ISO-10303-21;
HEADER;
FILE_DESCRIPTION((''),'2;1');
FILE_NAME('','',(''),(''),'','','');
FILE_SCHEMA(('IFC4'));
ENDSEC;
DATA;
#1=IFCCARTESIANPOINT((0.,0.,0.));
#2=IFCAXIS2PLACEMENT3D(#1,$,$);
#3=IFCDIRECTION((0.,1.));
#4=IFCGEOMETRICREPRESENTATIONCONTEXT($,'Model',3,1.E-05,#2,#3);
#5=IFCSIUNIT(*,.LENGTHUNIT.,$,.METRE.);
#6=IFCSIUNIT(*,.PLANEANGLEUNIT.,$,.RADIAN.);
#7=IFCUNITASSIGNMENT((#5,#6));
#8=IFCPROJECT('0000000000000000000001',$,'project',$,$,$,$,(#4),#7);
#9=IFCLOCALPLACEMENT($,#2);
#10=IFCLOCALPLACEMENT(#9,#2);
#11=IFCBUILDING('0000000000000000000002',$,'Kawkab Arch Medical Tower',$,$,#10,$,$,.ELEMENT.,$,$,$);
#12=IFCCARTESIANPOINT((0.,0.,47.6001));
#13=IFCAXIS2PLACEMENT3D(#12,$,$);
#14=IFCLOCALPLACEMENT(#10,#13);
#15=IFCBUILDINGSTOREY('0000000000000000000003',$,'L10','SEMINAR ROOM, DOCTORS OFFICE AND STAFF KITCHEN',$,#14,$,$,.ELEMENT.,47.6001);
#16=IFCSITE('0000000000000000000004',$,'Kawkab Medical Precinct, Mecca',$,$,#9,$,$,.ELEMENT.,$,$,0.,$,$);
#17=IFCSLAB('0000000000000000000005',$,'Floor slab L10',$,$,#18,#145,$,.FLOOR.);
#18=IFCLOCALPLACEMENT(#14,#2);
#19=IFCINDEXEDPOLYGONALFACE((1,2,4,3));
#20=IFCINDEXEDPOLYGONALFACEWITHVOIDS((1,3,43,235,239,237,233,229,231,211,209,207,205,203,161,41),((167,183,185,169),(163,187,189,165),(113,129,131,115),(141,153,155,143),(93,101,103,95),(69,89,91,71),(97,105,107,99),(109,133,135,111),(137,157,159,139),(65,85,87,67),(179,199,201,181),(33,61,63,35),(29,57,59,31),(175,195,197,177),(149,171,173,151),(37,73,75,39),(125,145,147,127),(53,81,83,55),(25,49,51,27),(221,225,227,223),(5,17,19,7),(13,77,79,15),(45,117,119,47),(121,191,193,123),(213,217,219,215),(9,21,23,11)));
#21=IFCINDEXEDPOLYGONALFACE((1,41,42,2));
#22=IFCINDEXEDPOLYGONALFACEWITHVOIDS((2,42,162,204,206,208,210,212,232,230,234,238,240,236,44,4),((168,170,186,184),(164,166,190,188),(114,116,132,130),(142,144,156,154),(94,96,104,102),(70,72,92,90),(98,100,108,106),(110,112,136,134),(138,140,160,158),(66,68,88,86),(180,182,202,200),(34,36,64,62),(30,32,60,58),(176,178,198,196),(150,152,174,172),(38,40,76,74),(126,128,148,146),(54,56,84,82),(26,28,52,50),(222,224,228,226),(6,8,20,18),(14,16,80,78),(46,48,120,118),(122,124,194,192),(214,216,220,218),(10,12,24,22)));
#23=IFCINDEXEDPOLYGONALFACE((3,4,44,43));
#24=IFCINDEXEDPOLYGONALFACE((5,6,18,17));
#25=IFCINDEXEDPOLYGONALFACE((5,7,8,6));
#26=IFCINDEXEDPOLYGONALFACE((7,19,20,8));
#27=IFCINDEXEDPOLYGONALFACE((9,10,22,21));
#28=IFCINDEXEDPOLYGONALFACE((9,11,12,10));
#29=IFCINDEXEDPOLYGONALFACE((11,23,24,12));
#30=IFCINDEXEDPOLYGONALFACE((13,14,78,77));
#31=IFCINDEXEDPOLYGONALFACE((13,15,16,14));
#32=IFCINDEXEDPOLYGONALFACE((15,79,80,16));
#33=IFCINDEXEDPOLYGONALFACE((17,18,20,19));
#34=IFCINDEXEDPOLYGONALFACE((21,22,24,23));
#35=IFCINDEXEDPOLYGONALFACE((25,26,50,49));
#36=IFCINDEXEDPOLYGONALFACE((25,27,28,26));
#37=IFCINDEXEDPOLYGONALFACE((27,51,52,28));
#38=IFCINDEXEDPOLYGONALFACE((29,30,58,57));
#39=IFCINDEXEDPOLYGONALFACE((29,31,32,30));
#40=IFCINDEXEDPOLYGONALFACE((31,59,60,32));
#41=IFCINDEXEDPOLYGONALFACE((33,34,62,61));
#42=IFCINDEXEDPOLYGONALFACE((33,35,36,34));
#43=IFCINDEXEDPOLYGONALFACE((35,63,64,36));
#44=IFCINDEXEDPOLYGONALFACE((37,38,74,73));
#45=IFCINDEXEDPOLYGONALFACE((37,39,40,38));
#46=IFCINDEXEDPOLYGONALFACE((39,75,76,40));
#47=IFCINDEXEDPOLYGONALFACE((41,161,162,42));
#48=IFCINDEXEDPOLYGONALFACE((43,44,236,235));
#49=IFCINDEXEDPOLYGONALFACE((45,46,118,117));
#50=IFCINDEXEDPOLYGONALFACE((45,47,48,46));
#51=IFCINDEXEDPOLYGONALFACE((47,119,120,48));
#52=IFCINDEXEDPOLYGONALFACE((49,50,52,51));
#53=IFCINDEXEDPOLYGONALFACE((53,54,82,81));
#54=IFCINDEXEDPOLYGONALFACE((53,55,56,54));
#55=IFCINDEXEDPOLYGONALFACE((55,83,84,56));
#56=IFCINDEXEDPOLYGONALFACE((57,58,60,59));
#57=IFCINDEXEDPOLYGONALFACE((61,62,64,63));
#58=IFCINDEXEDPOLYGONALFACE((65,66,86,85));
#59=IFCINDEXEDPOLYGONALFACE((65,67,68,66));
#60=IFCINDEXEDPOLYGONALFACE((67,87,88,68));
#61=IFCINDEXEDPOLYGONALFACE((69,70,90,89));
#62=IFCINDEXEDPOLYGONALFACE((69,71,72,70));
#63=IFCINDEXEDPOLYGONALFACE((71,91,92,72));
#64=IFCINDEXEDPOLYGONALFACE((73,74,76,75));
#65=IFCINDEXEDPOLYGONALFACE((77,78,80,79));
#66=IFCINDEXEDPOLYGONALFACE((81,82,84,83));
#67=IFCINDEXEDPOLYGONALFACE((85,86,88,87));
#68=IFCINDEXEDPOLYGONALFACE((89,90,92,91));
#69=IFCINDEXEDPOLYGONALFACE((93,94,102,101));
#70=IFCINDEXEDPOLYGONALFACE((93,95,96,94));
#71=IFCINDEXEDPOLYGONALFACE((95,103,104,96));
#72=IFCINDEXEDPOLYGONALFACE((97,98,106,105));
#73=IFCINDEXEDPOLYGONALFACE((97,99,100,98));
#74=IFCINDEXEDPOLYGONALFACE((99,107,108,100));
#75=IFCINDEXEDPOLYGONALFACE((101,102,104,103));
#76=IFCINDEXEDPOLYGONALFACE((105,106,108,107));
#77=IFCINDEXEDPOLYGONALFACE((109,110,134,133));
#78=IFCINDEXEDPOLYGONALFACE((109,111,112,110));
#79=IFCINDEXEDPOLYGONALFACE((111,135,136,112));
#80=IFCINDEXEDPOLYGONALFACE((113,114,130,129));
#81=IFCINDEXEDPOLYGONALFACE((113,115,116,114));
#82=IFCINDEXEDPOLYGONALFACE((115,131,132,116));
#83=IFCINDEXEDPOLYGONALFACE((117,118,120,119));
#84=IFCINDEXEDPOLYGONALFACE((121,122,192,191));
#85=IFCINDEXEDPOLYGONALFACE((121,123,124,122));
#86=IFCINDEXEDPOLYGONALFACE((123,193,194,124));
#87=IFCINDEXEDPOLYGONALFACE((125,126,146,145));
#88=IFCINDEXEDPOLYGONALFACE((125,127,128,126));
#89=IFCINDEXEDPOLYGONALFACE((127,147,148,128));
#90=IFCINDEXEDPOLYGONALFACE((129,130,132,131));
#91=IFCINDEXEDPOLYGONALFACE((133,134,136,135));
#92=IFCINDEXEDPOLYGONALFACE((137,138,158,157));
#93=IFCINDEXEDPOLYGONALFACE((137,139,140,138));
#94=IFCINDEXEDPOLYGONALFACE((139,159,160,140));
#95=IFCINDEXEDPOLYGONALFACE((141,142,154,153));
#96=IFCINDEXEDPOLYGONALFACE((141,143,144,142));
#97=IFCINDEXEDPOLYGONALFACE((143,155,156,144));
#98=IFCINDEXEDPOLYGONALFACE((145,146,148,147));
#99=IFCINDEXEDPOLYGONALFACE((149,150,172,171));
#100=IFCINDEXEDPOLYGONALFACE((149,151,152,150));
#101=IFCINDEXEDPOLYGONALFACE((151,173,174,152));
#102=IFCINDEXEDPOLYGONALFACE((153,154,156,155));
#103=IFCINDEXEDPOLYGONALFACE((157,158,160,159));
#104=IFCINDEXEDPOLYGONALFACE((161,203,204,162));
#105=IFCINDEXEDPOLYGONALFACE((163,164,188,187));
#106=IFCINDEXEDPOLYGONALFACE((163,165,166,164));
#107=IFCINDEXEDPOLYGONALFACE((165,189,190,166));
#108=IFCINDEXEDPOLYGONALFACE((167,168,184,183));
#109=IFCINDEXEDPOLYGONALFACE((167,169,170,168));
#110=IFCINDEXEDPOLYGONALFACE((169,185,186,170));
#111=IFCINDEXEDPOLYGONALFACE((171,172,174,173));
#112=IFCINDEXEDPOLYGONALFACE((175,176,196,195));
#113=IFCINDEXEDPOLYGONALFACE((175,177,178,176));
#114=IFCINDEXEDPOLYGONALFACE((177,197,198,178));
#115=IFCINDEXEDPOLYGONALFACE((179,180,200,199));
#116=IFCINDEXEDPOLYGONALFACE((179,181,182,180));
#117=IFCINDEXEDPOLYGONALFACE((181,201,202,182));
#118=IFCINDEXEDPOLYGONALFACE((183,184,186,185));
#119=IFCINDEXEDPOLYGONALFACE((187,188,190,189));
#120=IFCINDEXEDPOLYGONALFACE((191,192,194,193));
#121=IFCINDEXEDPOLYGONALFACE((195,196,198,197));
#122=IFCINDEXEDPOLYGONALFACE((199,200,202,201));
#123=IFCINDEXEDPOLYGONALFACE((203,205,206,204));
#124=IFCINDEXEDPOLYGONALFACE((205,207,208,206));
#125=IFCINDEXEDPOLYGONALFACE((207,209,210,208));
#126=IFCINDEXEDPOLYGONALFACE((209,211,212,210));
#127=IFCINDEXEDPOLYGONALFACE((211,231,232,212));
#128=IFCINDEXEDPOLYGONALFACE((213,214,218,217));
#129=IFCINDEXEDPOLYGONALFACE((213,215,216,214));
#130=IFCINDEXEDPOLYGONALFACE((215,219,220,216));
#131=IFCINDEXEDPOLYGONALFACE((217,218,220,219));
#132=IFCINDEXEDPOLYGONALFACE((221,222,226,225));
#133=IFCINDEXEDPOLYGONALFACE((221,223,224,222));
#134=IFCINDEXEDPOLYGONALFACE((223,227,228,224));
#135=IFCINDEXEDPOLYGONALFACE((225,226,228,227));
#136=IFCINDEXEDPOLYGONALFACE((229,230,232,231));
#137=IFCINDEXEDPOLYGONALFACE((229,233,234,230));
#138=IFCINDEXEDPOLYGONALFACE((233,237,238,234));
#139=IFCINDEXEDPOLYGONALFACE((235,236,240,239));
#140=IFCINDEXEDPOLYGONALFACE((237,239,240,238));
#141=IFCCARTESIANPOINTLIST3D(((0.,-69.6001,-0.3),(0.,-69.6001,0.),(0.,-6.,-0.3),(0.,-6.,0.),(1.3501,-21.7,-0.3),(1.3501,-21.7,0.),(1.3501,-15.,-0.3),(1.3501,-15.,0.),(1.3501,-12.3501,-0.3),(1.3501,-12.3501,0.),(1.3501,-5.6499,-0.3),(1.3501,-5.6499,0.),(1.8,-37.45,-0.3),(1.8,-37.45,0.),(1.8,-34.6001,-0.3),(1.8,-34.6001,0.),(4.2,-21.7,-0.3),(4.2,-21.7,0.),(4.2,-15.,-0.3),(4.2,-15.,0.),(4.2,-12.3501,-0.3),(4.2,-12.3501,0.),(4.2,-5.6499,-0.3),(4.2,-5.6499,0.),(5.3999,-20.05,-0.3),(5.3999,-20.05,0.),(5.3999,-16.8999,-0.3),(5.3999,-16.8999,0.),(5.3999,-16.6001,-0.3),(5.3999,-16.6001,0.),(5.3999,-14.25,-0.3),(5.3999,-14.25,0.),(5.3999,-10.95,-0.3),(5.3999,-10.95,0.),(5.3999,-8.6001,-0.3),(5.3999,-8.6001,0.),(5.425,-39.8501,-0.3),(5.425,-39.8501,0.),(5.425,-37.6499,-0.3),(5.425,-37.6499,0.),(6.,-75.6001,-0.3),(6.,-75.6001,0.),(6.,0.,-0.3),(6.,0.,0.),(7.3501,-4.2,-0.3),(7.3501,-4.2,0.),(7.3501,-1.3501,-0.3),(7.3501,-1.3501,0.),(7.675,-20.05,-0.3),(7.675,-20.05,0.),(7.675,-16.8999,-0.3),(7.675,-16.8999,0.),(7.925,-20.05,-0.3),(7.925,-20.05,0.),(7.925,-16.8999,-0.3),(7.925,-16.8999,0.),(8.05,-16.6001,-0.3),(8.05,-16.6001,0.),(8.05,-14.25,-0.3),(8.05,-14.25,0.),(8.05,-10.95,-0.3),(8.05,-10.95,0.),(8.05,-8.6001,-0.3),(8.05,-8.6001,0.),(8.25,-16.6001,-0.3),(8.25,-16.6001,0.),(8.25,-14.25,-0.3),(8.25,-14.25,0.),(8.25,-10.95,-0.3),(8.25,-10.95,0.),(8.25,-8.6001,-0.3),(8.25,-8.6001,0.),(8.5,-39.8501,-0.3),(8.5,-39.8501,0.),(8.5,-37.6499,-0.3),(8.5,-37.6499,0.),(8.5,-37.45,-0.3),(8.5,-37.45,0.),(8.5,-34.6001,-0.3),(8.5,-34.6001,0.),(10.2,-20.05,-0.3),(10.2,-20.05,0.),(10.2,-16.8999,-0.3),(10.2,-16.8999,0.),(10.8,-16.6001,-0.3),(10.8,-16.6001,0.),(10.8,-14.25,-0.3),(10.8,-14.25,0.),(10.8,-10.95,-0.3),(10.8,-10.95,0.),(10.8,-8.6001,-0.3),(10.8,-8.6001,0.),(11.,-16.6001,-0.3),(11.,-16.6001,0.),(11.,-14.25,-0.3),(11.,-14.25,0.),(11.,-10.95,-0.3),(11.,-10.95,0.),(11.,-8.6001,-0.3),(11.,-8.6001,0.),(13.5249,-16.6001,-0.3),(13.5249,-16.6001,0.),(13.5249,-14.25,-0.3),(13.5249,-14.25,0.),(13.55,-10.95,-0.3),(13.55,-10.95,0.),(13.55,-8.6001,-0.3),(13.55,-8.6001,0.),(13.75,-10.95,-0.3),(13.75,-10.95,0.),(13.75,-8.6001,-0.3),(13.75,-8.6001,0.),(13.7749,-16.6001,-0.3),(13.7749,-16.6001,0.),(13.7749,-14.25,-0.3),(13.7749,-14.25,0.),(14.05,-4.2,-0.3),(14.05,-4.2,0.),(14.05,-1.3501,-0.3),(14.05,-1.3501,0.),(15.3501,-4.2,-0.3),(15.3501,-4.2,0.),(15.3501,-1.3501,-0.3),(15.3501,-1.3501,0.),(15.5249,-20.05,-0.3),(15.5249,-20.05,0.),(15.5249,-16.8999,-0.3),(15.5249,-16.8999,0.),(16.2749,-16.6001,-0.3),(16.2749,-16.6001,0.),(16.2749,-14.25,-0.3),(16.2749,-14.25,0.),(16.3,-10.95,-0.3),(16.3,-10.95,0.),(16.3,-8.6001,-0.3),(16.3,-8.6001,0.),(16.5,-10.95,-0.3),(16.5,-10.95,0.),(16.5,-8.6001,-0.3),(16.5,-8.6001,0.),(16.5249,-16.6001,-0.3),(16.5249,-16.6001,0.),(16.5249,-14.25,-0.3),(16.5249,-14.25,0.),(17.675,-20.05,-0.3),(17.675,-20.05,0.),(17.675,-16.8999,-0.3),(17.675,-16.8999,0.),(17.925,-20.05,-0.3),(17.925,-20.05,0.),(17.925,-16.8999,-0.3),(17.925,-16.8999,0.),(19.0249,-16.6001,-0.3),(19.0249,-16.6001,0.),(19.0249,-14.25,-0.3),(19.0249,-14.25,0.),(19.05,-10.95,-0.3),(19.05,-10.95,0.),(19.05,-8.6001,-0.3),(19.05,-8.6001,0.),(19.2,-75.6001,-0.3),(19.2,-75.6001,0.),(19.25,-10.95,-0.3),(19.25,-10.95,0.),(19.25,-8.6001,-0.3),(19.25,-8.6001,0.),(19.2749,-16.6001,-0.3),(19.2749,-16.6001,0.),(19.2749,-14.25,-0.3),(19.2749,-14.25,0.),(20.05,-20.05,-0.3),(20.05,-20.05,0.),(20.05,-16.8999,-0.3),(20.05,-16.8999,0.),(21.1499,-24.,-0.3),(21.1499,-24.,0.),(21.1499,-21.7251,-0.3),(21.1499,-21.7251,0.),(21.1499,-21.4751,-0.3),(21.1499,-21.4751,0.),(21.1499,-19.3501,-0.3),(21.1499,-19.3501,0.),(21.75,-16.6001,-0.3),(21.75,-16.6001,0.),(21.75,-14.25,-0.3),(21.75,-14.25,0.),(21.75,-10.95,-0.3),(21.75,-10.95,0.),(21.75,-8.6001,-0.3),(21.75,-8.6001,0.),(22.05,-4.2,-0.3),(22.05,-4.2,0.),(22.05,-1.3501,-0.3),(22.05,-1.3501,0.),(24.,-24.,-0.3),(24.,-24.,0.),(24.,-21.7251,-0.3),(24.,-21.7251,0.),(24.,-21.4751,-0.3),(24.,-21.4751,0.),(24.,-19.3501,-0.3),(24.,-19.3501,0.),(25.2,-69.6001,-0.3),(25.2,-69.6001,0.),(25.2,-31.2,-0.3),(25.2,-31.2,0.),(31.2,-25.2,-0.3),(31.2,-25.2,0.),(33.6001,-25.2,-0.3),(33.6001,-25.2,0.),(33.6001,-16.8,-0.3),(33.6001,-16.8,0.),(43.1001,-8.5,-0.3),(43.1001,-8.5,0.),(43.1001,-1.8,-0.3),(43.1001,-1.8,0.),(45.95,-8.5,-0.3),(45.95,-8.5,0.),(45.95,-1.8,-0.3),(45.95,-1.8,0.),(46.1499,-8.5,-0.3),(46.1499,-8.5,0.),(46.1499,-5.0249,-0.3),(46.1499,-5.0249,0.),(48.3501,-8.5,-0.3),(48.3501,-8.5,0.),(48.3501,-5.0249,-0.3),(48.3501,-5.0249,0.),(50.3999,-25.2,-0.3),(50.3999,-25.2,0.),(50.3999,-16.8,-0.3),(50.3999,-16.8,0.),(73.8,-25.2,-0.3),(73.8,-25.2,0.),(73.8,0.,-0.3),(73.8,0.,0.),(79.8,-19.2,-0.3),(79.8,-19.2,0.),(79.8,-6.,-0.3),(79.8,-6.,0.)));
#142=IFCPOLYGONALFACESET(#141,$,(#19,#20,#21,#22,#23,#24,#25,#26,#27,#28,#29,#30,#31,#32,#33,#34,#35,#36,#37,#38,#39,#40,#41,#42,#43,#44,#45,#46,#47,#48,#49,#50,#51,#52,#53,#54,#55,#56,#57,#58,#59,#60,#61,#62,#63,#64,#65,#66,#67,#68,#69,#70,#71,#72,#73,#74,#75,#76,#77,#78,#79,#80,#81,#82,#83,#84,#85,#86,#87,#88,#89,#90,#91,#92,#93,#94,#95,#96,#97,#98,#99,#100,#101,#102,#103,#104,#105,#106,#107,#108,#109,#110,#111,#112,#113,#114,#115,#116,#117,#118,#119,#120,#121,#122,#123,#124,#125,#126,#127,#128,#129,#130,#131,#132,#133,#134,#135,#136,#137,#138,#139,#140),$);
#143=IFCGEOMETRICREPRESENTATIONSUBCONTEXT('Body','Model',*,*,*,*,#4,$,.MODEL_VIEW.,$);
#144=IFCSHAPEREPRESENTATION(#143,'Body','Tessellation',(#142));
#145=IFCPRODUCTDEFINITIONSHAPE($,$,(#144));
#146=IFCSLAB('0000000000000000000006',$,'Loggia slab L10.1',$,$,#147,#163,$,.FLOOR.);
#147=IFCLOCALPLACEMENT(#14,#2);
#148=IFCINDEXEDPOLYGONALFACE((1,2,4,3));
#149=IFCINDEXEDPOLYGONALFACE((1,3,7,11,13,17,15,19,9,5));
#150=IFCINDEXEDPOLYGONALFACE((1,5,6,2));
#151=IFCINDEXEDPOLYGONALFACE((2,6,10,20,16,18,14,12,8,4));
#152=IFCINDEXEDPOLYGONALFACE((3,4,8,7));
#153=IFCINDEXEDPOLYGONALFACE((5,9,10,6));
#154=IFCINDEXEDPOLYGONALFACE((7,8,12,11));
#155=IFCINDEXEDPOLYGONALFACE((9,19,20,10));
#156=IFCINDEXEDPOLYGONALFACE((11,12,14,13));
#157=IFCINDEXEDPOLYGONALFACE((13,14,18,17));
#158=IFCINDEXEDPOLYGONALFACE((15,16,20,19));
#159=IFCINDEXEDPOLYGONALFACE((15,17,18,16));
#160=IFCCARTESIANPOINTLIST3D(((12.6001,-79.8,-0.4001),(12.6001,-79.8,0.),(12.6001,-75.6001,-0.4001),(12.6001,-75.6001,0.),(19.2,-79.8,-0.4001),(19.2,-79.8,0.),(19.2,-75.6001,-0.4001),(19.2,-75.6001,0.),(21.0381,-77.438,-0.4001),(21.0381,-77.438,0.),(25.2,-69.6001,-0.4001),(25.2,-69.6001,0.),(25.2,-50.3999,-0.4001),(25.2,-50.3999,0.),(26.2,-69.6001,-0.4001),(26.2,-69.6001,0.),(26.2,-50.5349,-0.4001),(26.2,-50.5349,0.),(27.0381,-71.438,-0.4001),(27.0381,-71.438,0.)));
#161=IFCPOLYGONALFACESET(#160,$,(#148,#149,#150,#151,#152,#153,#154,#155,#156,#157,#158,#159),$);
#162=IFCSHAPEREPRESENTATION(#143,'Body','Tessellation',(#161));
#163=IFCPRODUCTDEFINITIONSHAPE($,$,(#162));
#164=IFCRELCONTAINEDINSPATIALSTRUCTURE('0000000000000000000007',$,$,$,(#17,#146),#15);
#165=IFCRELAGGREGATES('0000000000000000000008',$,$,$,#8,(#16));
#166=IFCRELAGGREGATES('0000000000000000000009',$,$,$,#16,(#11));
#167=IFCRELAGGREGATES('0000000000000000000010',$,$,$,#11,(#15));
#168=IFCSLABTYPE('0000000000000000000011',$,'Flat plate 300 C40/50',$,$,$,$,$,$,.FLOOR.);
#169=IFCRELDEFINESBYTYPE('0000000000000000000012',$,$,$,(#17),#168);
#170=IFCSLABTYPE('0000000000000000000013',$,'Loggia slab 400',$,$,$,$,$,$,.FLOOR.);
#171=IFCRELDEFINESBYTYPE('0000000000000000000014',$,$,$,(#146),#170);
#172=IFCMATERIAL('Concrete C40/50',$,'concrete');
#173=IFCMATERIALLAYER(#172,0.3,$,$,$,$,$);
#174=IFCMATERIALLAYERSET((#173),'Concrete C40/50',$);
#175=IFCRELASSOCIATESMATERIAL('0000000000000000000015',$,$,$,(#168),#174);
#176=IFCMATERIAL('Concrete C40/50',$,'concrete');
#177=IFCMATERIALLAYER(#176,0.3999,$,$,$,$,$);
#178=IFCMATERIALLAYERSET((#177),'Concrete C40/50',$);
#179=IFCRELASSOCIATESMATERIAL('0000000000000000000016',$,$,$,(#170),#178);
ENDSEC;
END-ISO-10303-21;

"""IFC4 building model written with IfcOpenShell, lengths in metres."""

from ifc_helpers import new_model, si_unit, direction, frame, origin, place, context, subcontext, project, spatial, polyline, outline, extrude, material, layer, layer_set, type_object, element, save


model = new_model("IFC4")

# Units and contexts
model_context = context("Model", 3, precision=1e-05, world=origin(), true_north=direction((0.0, 1.0)))
body_context = subcontext(model_context, "Body", "Model", "MODEL_VIEW")
ifc_project = project(units=[si_unit("LENGTHUNIT", "METRE"), si_unit("PLANEANGLEUNIT", "RADIAN")], contexts=[model_context])

# Site, building, storey
site_placement = place(None, origin())
site = spatial("IfcSite", under=ifc_project, at=site_placement, Name="Kawkab Medical Precinct, Mecca", CompositionType="ELEMENT", RefElevation=0.0)
building_placement = place(site_placement, origin())
building = spatial("IfcBuilding", under=site, at=building_placement, Name="Kawkab Arch Medical Tower", CompositionType="ELEMENT")
storey_placement = place(building_placement, frame((0.0, 0.0, 47.6001)))
storey = spatial("IfcBuildingStorey", under=building, at=storey_placement, Name="L10", Description="SEMINAR ROOM, DOCTORS OFFICE AND STAFF KITCHEN", CompositionType="ELEMENT", Elevation=47.6001)

# Slabs
ifc_material_1 = material(Name="Concrete C40/50", Category="concrete")
ifc_layer_1 = layer(ifc_material_1, 0.3)
ifc_layer_set_1 = layer_set([ifc_layer_1], Name="Concrete C40/50")
slab_type_1 = type_object("IfcSlabType", Name="Flat plate 300 C40/50", PredefinedType="FLOOR", material=ifc_layer_set_1)
slab_1_placement = place(storey_placement, frame((0.0, 0.0, -0.3)))
element("IfcSlab", 1, at=slab_1_placement, inside=storey, type_object=slab_type_1, Name="Floor slab L10", PredefinedType="FLOOR", context=body_context, shape_type="SweptSolid", body=[
    extrude(outline(polyline([(25.2, -31.2), (25.2, -69.6001), (19.2, -75.6001), (6.0, -75.6001), (0.0, -69.6001), (0.0, -6.0), (6.0, 0.0), (73.8, 0.0), (79.8, -6.0), (79.8, -19.2), (73.8, -25.2), (50.3999, -25.2), (50.3999, -16.8), (33.6001, -16.8), (33.6001, -25.2), (31.2, -25.2), (25.2, -31.2)]), holes=[polyline([(5.425, -37.6499), (5.425, -39.8501), (8.5, -39.8501), (8.5, -37.6499), (5.425, -37.6499)]), polyline([(1.8, -37.45), (8.5, -37.45), (8.5, -34.6001), (1.8, -34.6001), (1.8, -37.45)]), polyline([(5.3999, -16.8999), (5.3999, -20.05), (7.675, -20.05), (7.675, -16.8999), (5.3999, -16.8999)]), polyline([(10.2, -16.8999), (7.925, -16.8999), (7.925, -20.05), (10.2, -20.05), (10.2, -16.8999)]), polyline([(4.2, -21.7), (4.2, -15.0), (1.3501, -15.0), (1.3501, -21.7), (4.2, -21.7)]), polyline([(5.3999, -14.25), (5.3999, -16.6001), (8.05, -16.6001), (8.05, -14.25), (5.3999, -14.25)]), polyline([(8.25, -16.6001), (10.8, -16.6001), (10.8, -14.25), (8.25, -14.25), (8.25, -16.6001)]), polyline([(13.5249, -14.25), (11.0, -14.25), (11.0, -16.6001), (13.5249, -16.6001), (13.5249, -14.25)]), polyline([(5.3999, -8.6001), (5.3999, -10.95), (8.05, -10.95), (8.05, -8.6001), (5.3999, -8.6001)]), polyline([(8.25, -10.95), (10.8, -10.95), (10.8, -8.6001), (8.25, -8.6001), (8.25, -10.95)]), polyline([(11.0, -8.6001), (11.0, -10.95), (13.55, -10.95), (13.55, -8.6001), (11.0, -8.6001)]), polyline([(4.2, -12.3501), (4.2, -5.6499), (1.3501, -5.6499), (1.3501, -12.3501), (4.2, -12.3501)]), polyline([(7.3501, -4.2), (14.05, -4.2), (14.05, -1.3501), (7.3501, -1.3501), (7.3501, -4.2)]), polyline([(24.0, -21.7251), (21.1499, -21.7251), (21.1499, -24.0), (24.0, -24.0), (24.0, -21.7251)]), polyline([(24.0, -21.4751), (24.0, -19.3501), (21.1499, -19.3501), (21.1499, -21.4751), (24.0, -21.4751)]), polyline([(15.5249, -16.8999), (15.5249, -20.05), (17.675, -20.05), (17.675, -16.8999), (15.5249, -16.8999)]), polyline([(20.05, -20.05), (20.05, -16.8999), (17.925, -16.8999), (17.925, -20.05), (20.05, -20.05)]), polyline([(16.2749, -14.25), (13.7749, -14.25), (13.7749, -16.6001), (16.2749, -16.6001), (16.2749, -14.25)]), polyline([(16.5249, -16.6001), (19.0249, -16.6001), (19.0249, -14.25), (16.5249, -14.25), (16.5249, -16.6001)]), polyline([(19.2749, -16.6001), (21.75, -16.6001), (21.75, -14.25), (19.2749, -14.25), (19.2749, -16.6001)]), polyline([(13.75, -8.6001), (13.75, -10.95), (16.3, -10.95), (16.3, -8.6001), (13.75, -8.6001)]), polyline([(19.05, -10.95), (19.05, -8.6001), (16.5, -8.6001), (16.5, -10.95), (19.05, -10.95)]), polyline([(19.25, -10.95), (21.75, -10.95), (21.75, -8.6001), (19.25, -8.6001), (19.25, -10.95)]), polyline([(46.1499, -5.0249), (46.1499, -8.5), (48.3501, -8.5), (48.3501, -5.0249), (46.1499, -5.0249)]), polyline([(43.1001, -1.8), (43.1001, -8.5), (45.95, -8.5), (45.95, -1.8), (43.1001, -1.8)]), polyline([(22.05, -1.3501), (15.3501, -1.3501), (15.3501, -4.2), (22.05, -4.2), (22.05, -1.3501)])]), origin(), (0.0, 0.0, 1.0), 0.3),
])
ifc_material_2 = material(Name="Concrete C40/50", Category="concrete")
ifc_layer_2 = layer(ifc_material_2, 0.3999)
ifc_layer_set_2 = layer_set([ifc_layer_2], Name="Concrete C40/50")
slab_type_2 = type_object("IfcSlabType", Name="Loggia slab 400", PredefinedType="FLOOR", material=ifc_layer_set_2)
placement_1 = place(storey_placement, frame((0.0, 0.0, -0.4001)))
element("IfcSlab", 2, at=placement_1, inside=storey, type_object=slab_type_2, Name="Loggia slab L10.1", PredefinedType="FLOOR", context=body_context, shape_type="SweptSolid", body=[
    extrude(outline(polyline([(19.2, -79.8), (12.6001, -79.8), (12.6001, -75.6001), (19.2, -75.6001), (25.2, -69.6001), (25.2, -50.3999), (26.2, -50.5349), (26.2, -69.6001), (27.0381, -71.438), (21.0381, -77.438), (19.2, -79.8)])), origin(), (0.0, 0.0, 1.0), 0.4001),
])

save(model, "model.ifc")
